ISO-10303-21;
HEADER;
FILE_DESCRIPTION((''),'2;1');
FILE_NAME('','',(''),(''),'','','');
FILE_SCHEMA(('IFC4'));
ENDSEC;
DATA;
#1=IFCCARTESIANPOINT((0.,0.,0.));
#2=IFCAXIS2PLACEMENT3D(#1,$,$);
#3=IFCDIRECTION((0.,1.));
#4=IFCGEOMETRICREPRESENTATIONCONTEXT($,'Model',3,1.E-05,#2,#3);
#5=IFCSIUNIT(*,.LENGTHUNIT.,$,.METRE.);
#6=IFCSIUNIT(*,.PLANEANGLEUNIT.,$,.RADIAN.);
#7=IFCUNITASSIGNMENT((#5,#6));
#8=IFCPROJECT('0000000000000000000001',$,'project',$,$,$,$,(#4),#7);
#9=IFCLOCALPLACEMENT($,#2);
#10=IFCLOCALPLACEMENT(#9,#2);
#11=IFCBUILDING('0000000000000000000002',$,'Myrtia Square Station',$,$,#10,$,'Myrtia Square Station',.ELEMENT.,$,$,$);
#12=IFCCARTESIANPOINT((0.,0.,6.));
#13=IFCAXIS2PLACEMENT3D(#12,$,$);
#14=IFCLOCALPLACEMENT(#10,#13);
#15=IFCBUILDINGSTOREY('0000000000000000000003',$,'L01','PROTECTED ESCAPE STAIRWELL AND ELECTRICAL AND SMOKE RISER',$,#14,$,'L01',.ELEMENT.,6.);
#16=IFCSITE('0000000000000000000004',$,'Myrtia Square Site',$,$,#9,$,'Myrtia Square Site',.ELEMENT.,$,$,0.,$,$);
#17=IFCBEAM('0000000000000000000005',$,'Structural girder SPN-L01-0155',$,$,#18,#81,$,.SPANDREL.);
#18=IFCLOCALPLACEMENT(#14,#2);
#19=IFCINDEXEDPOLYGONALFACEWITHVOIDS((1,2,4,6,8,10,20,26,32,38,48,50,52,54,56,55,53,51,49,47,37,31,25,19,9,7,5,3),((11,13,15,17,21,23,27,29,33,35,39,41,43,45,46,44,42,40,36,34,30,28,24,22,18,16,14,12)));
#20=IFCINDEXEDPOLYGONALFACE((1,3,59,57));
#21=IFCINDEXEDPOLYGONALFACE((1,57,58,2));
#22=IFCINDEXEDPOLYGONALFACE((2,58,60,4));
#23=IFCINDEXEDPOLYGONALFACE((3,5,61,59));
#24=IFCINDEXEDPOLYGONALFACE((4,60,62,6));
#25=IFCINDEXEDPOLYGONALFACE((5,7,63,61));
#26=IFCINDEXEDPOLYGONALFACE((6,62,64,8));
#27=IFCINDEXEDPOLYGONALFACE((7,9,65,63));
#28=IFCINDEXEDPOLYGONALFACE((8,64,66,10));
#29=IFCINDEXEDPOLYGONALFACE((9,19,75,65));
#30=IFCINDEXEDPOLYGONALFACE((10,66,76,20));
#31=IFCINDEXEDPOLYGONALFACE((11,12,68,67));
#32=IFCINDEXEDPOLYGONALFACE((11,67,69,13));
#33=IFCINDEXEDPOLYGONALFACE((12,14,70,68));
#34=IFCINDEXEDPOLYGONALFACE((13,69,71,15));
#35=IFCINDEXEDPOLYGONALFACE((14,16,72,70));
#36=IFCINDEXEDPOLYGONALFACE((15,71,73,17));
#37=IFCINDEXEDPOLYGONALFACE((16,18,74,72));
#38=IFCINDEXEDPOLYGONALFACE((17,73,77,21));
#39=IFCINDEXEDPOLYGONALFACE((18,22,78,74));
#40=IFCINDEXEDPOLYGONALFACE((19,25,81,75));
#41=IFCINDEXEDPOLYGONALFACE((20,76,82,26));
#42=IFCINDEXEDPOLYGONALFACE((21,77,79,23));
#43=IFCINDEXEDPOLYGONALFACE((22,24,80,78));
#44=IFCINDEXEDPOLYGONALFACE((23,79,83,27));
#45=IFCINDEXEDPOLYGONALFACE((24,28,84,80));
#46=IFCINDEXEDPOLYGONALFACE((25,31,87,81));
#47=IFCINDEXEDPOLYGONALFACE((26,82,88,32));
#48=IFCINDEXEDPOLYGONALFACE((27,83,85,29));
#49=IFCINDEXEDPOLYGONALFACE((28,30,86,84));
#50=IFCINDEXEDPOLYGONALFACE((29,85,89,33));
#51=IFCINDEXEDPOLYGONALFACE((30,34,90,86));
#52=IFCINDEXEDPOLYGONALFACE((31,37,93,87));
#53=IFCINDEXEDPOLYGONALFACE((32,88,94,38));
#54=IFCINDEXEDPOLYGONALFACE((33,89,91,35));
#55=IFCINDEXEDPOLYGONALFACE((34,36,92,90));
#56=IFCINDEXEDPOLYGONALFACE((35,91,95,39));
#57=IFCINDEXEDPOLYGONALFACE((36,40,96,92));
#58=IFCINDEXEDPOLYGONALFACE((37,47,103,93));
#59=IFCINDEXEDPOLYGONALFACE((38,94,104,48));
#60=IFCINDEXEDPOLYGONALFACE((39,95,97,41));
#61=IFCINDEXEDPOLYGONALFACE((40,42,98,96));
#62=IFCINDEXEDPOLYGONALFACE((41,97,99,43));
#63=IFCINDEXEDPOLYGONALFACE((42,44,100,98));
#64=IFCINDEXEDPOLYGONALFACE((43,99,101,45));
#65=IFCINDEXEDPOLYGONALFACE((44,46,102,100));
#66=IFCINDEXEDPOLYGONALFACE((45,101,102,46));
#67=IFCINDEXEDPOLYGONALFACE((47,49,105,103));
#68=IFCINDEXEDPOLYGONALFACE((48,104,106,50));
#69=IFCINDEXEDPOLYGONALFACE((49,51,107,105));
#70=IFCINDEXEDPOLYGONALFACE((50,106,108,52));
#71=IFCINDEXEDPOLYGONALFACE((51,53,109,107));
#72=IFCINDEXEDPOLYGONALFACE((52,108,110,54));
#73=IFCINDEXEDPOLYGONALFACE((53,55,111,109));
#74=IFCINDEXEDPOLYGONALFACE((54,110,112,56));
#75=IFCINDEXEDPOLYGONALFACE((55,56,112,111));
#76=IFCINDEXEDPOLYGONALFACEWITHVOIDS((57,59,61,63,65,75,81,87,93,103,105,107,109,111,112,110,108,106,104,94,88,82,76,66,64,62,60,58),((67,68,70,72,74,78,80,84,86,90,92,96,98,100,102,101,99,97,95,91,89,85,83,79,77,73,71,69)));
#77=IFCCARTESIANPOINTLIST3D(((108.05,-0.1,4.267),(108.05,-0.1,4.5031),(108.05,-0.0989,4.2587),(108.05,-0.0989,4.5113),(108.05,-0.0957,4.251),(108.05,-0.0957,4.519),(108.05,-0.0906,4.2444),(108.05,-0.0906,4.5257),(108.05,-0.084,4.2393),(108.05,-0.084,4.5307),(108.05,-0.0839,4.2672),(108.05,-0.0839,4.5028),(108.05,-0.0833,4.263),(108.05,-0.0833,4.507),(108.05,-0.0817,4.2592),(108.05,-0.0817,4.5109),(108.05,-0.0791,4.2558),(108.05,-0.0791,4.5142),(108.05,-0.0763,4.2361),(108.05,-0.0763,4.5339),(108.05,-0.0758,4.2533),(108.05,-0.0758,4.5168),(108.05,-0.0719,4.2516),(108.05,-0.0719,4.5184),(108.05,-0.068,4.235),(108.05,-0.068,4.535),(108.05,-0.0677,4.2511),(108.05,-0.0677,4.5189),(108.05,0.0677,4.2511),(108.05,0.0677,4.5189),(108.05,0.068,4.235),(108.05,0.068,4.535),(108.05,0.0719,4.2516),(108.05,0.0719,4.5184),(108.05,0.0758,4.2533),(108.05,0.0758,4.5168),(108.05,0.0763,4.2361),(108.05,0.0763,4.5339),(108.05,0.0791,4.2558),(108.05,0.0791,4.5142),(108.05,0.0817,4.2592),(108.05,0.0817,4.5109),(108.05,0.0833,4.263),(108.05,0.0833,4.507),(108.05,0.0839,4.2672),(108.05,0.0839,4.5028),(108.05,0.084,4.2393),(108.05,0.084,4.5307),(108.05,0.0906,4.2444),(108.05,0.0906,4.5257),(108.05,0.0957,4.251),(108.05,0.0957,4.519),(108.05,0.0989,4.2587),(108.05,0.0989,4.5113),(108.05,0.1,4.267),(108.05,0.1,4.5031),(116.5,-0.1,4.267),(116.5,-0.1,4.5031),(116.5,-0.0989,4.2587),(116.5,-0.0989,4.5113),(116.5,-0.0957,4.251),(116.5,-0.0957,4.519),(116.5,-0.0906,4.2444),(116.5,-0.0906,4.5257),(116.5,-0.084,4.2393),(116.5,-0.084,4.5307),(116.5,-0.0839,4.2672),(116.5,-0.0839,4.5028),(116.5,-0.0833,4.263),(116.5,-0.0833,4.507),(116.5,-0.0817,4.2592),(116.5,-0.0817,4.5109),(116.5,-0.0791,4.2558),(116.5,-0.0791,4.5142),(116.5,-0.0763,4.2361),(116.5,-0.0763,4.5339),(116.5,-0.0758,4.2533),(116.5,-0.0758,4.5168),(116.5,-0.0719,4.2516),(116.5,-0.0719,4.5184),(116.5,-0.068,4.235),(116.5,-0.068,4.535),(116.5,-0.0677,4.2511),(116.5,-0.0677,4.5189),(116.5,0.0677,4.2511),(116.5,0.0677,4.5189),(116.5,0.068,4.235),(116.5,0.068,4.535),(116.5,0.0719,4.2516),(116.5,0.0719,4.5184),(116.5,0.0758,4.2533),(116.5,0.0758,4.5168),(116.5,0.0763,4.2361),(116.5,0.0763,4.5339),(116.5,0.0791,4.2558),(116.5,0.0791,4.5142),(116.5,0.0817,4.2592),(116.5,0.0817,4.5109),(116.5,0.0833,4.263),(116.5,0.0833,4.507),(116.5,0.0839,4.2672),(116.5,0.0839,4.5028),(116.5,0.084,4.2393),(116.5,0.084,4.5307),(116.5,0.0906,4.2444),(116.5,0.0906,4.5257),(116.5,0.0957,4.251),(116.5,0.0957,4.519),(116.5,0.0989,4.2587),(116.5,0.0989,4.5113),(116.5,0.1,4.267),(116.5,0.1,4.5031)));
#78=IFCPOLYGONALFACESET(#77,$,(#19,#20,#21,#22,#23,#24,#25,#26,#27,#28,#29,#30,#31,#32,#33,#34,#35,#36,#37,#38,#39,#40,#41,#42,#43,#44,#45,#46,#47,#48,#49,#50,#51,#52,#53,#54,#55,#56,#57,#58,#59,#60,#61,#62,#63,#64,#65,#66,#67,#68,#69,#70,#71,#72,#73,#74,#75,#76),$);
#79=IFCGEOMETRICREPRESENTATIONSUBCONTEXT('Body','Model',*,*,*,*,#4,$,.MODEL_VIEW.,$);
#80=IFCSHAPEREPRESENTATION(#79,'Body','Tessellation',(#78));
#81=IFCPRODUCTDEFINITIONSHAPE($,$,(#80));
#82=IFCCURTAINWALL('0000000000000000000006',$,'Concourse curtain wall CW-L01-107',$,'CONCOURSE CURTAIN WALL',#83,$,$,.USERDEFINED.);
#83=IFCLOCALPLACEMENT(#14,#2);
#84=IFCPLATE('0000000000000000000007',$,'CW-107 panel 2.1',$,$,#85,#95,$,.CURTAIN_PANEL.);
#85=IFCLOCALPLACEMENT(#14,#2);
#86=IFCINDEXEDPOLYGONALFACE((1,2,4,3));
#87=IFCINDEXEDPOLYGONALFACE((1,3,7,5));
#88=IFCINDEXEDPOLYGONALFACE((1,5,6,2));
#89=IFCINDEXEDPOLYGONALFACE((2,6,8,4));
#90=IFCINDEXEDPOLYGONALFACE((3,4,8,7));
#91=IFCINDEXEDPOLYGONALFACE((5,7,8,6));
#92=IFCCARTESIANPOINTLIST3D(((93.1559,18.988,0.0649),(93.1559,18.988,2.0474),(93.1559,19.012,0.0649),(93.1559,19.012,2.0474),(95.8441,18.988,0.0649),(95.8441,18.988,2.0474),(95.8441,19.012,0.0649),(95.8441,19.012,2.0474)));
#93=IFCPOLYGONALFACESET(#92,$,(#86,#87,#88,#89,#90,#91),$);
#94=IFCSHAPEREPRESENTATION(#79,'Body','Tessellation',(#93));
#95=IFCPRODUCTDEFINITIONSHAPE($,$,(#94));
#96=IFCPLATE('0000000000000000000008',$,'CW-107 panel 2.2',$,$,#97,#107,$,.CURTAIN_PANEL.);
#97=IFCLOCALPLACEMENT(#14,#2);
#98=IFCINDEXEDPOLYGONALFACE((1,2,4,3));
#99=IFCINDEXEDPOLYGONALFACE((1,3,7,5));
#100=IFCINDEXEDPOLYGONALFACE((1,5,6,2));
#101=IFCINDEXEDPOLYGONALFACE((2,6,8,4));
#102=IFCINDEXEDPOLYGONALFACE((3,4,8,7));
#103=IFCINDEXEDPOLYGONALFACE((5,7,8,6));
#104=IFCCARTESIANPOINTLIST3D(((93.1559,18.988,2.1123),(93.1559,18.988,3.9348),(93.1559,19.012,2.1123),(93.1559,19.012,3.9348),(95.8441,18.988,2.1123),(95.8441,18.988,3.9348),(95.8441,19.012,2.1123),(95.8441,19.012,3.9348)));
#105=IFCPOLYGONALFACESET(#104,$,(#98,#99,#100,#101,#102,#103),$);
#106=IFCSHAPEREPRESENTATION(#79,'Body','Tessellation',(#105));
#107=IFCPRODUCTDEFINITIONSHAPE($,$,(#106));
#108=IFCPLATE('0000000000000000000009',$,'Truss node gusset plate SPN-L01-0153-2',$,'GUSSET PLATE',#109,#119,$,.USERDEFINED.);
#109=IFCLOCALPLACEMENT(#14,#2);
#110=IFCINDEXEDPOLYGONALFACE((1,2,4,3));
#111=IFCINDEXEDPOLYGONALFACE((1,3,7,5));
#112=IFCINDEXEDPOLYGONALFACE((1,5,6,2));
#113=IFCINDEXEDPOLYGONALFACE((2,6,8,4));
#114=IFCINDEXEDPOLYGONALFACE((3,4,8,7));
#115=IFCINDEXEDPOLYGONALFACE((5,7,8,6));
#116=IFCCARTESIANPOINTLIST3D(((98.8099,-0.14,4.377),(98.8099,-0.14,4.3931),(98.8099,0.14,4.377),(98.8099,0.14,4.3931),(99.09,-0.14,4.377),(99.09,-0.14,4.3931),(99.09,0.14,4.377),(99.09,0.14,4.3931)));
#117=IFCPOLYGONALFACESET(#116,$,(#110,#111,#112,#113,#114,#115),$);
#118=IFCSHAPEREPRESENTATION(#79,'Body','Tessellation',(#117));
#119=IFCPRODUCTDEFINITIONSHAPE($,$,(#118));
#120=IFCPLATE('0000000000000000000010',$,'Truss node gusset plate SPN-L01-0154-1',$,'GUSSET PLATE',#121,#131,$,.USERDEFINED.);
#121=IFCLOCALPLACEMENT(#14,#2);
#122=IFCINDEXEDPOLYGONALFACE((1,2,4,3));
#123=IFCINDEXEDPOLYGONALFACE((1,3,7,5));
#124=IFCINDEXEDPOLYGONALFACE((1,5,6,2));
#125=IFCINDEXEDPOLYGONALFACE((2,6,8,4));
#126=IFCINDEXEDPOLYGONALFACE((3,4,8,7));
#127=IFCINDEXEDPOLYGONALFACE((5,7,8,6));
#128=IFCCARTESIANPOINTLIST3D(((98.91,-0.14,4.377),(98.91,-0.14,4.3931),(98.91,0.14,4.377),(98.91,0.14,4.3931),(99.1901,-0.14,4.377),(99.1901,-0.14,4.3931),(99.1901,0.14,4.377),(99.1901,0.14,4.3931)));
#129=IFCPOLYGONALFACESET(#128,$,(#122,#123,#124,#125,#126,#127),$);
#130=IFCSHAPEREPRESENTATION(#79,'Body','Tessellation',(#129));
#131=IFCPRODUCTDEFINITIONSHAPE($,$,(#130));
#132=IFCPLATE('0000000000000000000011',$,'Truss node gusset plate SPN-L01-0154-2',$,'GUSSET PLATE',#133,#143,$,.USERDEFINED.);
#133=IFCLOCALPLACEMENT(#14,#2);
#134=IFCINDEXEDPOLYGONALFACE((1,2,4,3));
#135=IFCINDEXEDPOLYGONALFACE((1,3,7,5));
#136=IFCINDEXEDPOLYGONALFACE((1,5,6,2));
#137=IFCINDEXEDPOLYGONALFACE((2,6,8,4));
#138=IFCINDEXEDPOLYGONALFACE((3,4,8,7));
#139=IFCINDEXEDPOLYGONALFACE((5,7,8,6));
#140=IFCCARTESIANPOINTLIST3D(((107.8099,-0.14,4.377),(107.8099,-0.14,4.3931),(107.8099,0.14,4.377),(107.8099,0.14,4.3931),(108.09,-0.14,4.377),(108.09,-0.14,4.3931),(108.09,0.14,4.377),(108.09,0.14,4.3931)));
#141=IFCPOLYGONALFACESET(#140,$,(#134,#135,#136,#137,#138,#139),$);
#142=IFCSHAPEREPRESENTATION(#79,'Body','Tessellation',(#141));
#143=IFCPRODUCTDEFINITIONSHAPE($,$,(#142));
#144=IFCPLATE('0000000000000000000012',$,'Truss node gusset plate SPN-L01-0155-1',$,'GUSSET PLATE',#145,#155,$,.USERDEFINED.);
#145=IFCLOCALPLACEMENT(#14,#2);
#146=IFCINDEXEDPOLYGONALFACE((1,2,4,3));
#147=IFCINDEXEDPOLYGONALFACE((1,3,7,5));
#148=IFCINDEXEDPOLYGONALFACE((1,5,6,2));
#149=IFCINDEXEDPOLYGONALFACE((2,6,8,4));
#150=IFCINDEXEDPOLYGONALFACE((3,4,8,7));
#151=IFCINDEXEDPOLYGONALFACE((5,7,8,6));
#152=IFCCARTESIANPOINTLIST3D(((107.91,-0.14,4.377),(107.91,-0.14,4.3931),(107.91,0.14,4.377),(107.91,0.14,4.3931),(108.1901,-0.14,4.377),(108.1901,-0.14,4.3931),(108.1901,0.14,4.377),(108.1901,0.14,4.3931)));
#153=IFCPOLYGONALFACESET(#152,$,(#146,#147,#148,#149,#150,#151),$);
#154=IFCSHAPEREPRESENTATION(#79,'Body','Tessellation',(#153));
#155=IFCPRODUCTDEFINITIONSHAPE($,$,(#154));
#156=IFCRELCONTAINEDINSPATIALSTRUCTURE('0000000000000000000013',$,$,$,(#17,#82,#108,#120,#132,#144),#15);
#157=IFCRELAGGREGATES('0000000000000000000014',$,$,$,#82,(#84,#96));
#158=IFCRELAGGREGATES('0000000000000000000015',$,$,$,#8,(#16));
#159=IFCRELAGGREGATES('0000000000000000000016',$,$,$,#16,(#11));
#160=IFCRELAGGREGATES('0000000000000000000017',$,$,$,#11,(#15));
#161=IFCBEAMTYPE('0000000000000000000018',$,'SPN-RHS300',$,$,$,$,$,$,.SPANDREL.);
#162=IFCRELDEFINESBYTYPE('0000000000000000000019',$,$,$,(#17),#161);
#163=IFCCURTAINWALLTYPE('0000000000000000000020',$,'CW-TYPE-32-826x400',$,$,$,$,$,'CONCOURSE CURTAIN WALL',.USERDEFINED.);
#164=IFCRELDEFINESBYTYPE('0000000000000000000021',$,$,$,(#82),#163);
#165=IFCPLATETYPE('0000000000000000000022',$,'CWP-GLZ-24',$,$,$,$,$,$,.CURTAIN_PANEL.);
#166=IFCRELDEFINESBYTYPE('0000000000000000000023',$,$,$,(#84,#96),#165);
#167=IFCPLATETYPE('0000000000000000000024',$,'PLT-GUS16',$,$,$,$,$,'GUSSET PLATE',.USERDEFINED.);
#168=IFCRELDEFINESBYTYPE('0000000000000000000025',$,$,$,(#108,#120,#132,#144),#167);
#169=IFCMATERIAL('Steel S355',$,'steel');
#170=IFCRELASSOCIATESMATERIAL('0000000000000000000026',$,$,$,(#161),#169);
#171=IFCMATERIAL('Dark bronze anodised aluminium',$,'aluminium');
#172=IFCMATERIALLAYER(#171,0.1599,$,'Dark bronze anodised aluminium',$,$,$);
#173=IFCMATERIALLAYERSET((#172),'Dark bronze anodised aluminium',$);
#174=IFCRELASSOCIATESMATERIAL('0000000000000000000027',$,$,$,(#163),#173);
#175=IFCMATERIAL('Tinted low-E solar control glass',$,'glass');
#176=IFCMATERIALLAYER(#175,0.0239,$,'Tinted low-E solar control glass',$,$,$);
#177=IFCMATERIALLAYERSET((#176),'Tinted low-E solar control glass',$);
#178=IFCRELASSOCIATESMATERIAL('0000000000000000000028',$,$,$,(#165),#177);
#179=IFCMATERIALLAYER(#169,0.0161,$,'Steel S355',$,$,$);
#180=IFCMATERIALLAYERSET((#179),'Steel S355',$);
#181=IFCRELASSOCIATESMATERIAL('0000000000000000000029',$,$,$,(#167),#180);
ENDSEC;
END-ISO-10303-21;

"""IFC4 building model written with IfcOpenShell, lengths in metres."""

from ifc_helpers import new_model, si_unit, direction, frame, origin, origin_2d, place, context, subcontext, project, spatial, rectangle, hollow_rectangle, extrude, material, layer, layer_set, material_profile, profile_set, type_object, element, aggregate, save


model = new_model("IFC4")

# Units and contexts
model_context = context("Model", 3, precision=1e-05, world=origin(), true_north=direction((0.0, 1.0)))
body_context = subcontext(model_context, "Body", "Model", "MODEL_VIEW")
ifc_project = project(units=[si_unit("LENGTHUNIT", "METRE"), si_unit("PLANEANGLEUNIT", "RADIAN")], contexts=[model_context])

# Site, building, storey
site_placement = place(None, origin())
site = spatial("IfcSite", under=ifc_project, at=site_placement, Name="Myrtia Square Site", LongName="Myrtia Square Site", CompositionType="ELEMENT", RefElevation=0.0)
building_placement = place(site_placement, origin())
building = spatial("IfcBuilding", under=site, at=building_placement, Name="Myrtia Square Station", LongName="Myrtia Square Station", CompositionType="ELEMENT")
storey_placement = place(building_placement, frame((0.0, 0.0, 6.0)))
storey = spatial("IfcBuildingStorey", under=building, at=storey_placement, Name="L01", Description="PROTECTED ESCAPE STAIRWELL AND ELECTRICAL AND SMOKE RISER", LongName="L01", CompositionType="ELEMENT", Elevation=6.0)

# Shared definitions
ifc_material_1 = material(Name="Steel S355", Category="steel")

# Beam
ifc_material_profile_1 = material_profile(ifc_material_1, hollow_rectangle(XDim=0.2, YDim=0.3, WallThickness=0.0161, InnerFilletRadius=0.0161, OuterFilletRadius=0.032, at=origin_2d()), Name="RHS 300x200x16")
ifc_profile_set_1 = profile_set([ifc_material_profile_1], Name="Steel S355")
beam_type_1 = type_object("IfcBeamType", Name="SPN-RHS300", PredefinedType="SPANDREL", material=ifc_profile_set_1)
beam_1_placement = place(storey_placement, frame((108.05, 0.0, 4.385), z_axis=(1.0, 0.0, 0.0), x_axis=(0.0, 1.0, 0.0)))
element("IfcBeam", 1, at=beam_1_placement, inside=storey, type_object=beam_type_1, Name="Structural girder SPN-L01-0155", PredefinedType="SPANDREL", context=body_context, shape_type="SweptSolid", body=[
    extrude(hollow_rectangle(XDim=0.2, YDim=0.3, WallThickness=0.0161, InnerFilletRadius=0.0161, OuterFilletRadius=0.032, at=origin_2d()), origin(), (0.0, 0.0, 1.0), 8.45),
])

# Curtain wall, plates
ifc_material_2 = material(Name="Dark bronze anodised aluminium", Category="aluminium")
ifc_layer_1 = layer(ifc_material_2, 0.1599, Name="Dark bronze anodised aluminium")
ifc_layer_set_1 = layer_set([ifc_layer_1], Name="Dark bronze anodised aluminium")
curtain_wall_type = type_object("IfcCurtainWallType", Name="CW-TYPE-32-826x400", ElementType="CONCOURSE CURTAIN WALL", PredefinedType="USERDEFINED", material=ifc_layer_set_1)
curtain_wall_placement = place(storey_placement, origin())
curtain_wall = element("IfcCurtainWall", 2, at=curtain_wall_placement, inside=storey, type_object=curtain_wall_type, Name="Concourse curtain wall CW-L01-107", ObjectType="CONCOURSE CURTAIN WALL", PredefinedType="USERDEFINED")
ifc_material_3 = material(Name="Tinted low-E solar control glass", Category="glass")
ifc_layer_2 = layer(ifc_material_3, 0.0239, Name="Tinted low-E solar control glass")
ifc_layer_set_2 = layer_set([ifc_layer_2], Name="Tinted low-E solar control glass")
plate_type_1 = type_object("IfcPlateType", Name="CWP-GLZ-24", PredefinedType="CURTAIN_PANEL", material=ifc_layer_set_2)
plate_1_placement = place(storey_placement, frame((94.5, 19.0, 0.0649), z_axis=(0.0, 0.0, 1.0), x_axis=(1.0, 0.0, 0.0)))
plate_1 = element("IfcPlate", 3, at=plate_1_placement, type_object=plate_type_1, Name="CW-107 panel 2.1", PredefinedType="CURTAIN_PANEL", context=body_context, shape_type="SweptSolid", body=[
    extrude(rectangle(XDim=2.6882, YDim=0.0239, at=origin_2d()), origin(), (0.0, 0.0, 1.0), 1.9824),
])
plate_2_placement = place(storey_placement, frame((94.5, 19.0, 2.1123), z_axis=(0.0, 0.0, 1.0), x_axis=(1.0, 0.0, 0.0)))
plate_2 = element("IfcPlate", 4, at=plate_2_placement, type_object=plate_type_1, Name="CW-107 panel 2.2", PredefinedType="CURTAIN_PANEL", context=body_context, shape_type="SweptSolid", body=[
    extrude(rectangle(XDim=2.6882, YDim=0.0239, at=origin_2d()), origin(), (0.0, 0.0, 1.0), 1.8225),
])
aggregate(curtain_wall, [plate_1, plate_2])

# Plates
ifc_layer_3 = layer(ifc_material_1, 0.0161, Name="Steel S355")
ifc_layer_set_3 = layer_set([ifc_layer_3], Name="Steel S355")
plate_type_2 = type_object("IfcPlateType", Name="PLT-GUS16", ElementType="GUSSET PLATE", PredefinedType="USERDEFINED", material=ifc_layer_set_3)
for number, where, z_axis, x_axis, name in (
    (5, (98.95, 0.0, 4.377), (0.0, 0.0, 1.0), (1.0, 0.0, 0.0), "Truss node gusset plate SPN-L01-0153-2"),
    (6, (99.05, 0.0, 4.377), (0.0, 0.0, 1.0), (1.0, 0.0, 0.0), "Truss node gusset plate SPN-L01-0154-1"),
    (7, (107.95, 0.0, 4.377), (0.0, 0.0, 1.0), (1.0, 0.0, 0.0), "Truss node gusset plate SPN-L01-0154-2"),
    (8, (108.05, 0.0, 4.377), (0.0, 0.0, 1.0), (1.0, 0.0, 0.0), "Truss node gusset plate SPN-L01-0155-1"),
):
    element("IfcPlate", number, at=place(storey_placement, frame(where, z_axis=z_axis, x_axis=x_axis)), inside=storey, type_object=plate_type_2, Name=name, ObjectType="GUSSET PLATE", PredefinedType="USERDEFINED", context=body_context, shape_type="SweptSolid", body=[
        extrude(rectangle(XDim=0.28, YDim=0.28, at=origin_2d()), origin(), (0.0, 0.0, 1.0), 0.0161),
    ])

save(model, "model.ifc")
